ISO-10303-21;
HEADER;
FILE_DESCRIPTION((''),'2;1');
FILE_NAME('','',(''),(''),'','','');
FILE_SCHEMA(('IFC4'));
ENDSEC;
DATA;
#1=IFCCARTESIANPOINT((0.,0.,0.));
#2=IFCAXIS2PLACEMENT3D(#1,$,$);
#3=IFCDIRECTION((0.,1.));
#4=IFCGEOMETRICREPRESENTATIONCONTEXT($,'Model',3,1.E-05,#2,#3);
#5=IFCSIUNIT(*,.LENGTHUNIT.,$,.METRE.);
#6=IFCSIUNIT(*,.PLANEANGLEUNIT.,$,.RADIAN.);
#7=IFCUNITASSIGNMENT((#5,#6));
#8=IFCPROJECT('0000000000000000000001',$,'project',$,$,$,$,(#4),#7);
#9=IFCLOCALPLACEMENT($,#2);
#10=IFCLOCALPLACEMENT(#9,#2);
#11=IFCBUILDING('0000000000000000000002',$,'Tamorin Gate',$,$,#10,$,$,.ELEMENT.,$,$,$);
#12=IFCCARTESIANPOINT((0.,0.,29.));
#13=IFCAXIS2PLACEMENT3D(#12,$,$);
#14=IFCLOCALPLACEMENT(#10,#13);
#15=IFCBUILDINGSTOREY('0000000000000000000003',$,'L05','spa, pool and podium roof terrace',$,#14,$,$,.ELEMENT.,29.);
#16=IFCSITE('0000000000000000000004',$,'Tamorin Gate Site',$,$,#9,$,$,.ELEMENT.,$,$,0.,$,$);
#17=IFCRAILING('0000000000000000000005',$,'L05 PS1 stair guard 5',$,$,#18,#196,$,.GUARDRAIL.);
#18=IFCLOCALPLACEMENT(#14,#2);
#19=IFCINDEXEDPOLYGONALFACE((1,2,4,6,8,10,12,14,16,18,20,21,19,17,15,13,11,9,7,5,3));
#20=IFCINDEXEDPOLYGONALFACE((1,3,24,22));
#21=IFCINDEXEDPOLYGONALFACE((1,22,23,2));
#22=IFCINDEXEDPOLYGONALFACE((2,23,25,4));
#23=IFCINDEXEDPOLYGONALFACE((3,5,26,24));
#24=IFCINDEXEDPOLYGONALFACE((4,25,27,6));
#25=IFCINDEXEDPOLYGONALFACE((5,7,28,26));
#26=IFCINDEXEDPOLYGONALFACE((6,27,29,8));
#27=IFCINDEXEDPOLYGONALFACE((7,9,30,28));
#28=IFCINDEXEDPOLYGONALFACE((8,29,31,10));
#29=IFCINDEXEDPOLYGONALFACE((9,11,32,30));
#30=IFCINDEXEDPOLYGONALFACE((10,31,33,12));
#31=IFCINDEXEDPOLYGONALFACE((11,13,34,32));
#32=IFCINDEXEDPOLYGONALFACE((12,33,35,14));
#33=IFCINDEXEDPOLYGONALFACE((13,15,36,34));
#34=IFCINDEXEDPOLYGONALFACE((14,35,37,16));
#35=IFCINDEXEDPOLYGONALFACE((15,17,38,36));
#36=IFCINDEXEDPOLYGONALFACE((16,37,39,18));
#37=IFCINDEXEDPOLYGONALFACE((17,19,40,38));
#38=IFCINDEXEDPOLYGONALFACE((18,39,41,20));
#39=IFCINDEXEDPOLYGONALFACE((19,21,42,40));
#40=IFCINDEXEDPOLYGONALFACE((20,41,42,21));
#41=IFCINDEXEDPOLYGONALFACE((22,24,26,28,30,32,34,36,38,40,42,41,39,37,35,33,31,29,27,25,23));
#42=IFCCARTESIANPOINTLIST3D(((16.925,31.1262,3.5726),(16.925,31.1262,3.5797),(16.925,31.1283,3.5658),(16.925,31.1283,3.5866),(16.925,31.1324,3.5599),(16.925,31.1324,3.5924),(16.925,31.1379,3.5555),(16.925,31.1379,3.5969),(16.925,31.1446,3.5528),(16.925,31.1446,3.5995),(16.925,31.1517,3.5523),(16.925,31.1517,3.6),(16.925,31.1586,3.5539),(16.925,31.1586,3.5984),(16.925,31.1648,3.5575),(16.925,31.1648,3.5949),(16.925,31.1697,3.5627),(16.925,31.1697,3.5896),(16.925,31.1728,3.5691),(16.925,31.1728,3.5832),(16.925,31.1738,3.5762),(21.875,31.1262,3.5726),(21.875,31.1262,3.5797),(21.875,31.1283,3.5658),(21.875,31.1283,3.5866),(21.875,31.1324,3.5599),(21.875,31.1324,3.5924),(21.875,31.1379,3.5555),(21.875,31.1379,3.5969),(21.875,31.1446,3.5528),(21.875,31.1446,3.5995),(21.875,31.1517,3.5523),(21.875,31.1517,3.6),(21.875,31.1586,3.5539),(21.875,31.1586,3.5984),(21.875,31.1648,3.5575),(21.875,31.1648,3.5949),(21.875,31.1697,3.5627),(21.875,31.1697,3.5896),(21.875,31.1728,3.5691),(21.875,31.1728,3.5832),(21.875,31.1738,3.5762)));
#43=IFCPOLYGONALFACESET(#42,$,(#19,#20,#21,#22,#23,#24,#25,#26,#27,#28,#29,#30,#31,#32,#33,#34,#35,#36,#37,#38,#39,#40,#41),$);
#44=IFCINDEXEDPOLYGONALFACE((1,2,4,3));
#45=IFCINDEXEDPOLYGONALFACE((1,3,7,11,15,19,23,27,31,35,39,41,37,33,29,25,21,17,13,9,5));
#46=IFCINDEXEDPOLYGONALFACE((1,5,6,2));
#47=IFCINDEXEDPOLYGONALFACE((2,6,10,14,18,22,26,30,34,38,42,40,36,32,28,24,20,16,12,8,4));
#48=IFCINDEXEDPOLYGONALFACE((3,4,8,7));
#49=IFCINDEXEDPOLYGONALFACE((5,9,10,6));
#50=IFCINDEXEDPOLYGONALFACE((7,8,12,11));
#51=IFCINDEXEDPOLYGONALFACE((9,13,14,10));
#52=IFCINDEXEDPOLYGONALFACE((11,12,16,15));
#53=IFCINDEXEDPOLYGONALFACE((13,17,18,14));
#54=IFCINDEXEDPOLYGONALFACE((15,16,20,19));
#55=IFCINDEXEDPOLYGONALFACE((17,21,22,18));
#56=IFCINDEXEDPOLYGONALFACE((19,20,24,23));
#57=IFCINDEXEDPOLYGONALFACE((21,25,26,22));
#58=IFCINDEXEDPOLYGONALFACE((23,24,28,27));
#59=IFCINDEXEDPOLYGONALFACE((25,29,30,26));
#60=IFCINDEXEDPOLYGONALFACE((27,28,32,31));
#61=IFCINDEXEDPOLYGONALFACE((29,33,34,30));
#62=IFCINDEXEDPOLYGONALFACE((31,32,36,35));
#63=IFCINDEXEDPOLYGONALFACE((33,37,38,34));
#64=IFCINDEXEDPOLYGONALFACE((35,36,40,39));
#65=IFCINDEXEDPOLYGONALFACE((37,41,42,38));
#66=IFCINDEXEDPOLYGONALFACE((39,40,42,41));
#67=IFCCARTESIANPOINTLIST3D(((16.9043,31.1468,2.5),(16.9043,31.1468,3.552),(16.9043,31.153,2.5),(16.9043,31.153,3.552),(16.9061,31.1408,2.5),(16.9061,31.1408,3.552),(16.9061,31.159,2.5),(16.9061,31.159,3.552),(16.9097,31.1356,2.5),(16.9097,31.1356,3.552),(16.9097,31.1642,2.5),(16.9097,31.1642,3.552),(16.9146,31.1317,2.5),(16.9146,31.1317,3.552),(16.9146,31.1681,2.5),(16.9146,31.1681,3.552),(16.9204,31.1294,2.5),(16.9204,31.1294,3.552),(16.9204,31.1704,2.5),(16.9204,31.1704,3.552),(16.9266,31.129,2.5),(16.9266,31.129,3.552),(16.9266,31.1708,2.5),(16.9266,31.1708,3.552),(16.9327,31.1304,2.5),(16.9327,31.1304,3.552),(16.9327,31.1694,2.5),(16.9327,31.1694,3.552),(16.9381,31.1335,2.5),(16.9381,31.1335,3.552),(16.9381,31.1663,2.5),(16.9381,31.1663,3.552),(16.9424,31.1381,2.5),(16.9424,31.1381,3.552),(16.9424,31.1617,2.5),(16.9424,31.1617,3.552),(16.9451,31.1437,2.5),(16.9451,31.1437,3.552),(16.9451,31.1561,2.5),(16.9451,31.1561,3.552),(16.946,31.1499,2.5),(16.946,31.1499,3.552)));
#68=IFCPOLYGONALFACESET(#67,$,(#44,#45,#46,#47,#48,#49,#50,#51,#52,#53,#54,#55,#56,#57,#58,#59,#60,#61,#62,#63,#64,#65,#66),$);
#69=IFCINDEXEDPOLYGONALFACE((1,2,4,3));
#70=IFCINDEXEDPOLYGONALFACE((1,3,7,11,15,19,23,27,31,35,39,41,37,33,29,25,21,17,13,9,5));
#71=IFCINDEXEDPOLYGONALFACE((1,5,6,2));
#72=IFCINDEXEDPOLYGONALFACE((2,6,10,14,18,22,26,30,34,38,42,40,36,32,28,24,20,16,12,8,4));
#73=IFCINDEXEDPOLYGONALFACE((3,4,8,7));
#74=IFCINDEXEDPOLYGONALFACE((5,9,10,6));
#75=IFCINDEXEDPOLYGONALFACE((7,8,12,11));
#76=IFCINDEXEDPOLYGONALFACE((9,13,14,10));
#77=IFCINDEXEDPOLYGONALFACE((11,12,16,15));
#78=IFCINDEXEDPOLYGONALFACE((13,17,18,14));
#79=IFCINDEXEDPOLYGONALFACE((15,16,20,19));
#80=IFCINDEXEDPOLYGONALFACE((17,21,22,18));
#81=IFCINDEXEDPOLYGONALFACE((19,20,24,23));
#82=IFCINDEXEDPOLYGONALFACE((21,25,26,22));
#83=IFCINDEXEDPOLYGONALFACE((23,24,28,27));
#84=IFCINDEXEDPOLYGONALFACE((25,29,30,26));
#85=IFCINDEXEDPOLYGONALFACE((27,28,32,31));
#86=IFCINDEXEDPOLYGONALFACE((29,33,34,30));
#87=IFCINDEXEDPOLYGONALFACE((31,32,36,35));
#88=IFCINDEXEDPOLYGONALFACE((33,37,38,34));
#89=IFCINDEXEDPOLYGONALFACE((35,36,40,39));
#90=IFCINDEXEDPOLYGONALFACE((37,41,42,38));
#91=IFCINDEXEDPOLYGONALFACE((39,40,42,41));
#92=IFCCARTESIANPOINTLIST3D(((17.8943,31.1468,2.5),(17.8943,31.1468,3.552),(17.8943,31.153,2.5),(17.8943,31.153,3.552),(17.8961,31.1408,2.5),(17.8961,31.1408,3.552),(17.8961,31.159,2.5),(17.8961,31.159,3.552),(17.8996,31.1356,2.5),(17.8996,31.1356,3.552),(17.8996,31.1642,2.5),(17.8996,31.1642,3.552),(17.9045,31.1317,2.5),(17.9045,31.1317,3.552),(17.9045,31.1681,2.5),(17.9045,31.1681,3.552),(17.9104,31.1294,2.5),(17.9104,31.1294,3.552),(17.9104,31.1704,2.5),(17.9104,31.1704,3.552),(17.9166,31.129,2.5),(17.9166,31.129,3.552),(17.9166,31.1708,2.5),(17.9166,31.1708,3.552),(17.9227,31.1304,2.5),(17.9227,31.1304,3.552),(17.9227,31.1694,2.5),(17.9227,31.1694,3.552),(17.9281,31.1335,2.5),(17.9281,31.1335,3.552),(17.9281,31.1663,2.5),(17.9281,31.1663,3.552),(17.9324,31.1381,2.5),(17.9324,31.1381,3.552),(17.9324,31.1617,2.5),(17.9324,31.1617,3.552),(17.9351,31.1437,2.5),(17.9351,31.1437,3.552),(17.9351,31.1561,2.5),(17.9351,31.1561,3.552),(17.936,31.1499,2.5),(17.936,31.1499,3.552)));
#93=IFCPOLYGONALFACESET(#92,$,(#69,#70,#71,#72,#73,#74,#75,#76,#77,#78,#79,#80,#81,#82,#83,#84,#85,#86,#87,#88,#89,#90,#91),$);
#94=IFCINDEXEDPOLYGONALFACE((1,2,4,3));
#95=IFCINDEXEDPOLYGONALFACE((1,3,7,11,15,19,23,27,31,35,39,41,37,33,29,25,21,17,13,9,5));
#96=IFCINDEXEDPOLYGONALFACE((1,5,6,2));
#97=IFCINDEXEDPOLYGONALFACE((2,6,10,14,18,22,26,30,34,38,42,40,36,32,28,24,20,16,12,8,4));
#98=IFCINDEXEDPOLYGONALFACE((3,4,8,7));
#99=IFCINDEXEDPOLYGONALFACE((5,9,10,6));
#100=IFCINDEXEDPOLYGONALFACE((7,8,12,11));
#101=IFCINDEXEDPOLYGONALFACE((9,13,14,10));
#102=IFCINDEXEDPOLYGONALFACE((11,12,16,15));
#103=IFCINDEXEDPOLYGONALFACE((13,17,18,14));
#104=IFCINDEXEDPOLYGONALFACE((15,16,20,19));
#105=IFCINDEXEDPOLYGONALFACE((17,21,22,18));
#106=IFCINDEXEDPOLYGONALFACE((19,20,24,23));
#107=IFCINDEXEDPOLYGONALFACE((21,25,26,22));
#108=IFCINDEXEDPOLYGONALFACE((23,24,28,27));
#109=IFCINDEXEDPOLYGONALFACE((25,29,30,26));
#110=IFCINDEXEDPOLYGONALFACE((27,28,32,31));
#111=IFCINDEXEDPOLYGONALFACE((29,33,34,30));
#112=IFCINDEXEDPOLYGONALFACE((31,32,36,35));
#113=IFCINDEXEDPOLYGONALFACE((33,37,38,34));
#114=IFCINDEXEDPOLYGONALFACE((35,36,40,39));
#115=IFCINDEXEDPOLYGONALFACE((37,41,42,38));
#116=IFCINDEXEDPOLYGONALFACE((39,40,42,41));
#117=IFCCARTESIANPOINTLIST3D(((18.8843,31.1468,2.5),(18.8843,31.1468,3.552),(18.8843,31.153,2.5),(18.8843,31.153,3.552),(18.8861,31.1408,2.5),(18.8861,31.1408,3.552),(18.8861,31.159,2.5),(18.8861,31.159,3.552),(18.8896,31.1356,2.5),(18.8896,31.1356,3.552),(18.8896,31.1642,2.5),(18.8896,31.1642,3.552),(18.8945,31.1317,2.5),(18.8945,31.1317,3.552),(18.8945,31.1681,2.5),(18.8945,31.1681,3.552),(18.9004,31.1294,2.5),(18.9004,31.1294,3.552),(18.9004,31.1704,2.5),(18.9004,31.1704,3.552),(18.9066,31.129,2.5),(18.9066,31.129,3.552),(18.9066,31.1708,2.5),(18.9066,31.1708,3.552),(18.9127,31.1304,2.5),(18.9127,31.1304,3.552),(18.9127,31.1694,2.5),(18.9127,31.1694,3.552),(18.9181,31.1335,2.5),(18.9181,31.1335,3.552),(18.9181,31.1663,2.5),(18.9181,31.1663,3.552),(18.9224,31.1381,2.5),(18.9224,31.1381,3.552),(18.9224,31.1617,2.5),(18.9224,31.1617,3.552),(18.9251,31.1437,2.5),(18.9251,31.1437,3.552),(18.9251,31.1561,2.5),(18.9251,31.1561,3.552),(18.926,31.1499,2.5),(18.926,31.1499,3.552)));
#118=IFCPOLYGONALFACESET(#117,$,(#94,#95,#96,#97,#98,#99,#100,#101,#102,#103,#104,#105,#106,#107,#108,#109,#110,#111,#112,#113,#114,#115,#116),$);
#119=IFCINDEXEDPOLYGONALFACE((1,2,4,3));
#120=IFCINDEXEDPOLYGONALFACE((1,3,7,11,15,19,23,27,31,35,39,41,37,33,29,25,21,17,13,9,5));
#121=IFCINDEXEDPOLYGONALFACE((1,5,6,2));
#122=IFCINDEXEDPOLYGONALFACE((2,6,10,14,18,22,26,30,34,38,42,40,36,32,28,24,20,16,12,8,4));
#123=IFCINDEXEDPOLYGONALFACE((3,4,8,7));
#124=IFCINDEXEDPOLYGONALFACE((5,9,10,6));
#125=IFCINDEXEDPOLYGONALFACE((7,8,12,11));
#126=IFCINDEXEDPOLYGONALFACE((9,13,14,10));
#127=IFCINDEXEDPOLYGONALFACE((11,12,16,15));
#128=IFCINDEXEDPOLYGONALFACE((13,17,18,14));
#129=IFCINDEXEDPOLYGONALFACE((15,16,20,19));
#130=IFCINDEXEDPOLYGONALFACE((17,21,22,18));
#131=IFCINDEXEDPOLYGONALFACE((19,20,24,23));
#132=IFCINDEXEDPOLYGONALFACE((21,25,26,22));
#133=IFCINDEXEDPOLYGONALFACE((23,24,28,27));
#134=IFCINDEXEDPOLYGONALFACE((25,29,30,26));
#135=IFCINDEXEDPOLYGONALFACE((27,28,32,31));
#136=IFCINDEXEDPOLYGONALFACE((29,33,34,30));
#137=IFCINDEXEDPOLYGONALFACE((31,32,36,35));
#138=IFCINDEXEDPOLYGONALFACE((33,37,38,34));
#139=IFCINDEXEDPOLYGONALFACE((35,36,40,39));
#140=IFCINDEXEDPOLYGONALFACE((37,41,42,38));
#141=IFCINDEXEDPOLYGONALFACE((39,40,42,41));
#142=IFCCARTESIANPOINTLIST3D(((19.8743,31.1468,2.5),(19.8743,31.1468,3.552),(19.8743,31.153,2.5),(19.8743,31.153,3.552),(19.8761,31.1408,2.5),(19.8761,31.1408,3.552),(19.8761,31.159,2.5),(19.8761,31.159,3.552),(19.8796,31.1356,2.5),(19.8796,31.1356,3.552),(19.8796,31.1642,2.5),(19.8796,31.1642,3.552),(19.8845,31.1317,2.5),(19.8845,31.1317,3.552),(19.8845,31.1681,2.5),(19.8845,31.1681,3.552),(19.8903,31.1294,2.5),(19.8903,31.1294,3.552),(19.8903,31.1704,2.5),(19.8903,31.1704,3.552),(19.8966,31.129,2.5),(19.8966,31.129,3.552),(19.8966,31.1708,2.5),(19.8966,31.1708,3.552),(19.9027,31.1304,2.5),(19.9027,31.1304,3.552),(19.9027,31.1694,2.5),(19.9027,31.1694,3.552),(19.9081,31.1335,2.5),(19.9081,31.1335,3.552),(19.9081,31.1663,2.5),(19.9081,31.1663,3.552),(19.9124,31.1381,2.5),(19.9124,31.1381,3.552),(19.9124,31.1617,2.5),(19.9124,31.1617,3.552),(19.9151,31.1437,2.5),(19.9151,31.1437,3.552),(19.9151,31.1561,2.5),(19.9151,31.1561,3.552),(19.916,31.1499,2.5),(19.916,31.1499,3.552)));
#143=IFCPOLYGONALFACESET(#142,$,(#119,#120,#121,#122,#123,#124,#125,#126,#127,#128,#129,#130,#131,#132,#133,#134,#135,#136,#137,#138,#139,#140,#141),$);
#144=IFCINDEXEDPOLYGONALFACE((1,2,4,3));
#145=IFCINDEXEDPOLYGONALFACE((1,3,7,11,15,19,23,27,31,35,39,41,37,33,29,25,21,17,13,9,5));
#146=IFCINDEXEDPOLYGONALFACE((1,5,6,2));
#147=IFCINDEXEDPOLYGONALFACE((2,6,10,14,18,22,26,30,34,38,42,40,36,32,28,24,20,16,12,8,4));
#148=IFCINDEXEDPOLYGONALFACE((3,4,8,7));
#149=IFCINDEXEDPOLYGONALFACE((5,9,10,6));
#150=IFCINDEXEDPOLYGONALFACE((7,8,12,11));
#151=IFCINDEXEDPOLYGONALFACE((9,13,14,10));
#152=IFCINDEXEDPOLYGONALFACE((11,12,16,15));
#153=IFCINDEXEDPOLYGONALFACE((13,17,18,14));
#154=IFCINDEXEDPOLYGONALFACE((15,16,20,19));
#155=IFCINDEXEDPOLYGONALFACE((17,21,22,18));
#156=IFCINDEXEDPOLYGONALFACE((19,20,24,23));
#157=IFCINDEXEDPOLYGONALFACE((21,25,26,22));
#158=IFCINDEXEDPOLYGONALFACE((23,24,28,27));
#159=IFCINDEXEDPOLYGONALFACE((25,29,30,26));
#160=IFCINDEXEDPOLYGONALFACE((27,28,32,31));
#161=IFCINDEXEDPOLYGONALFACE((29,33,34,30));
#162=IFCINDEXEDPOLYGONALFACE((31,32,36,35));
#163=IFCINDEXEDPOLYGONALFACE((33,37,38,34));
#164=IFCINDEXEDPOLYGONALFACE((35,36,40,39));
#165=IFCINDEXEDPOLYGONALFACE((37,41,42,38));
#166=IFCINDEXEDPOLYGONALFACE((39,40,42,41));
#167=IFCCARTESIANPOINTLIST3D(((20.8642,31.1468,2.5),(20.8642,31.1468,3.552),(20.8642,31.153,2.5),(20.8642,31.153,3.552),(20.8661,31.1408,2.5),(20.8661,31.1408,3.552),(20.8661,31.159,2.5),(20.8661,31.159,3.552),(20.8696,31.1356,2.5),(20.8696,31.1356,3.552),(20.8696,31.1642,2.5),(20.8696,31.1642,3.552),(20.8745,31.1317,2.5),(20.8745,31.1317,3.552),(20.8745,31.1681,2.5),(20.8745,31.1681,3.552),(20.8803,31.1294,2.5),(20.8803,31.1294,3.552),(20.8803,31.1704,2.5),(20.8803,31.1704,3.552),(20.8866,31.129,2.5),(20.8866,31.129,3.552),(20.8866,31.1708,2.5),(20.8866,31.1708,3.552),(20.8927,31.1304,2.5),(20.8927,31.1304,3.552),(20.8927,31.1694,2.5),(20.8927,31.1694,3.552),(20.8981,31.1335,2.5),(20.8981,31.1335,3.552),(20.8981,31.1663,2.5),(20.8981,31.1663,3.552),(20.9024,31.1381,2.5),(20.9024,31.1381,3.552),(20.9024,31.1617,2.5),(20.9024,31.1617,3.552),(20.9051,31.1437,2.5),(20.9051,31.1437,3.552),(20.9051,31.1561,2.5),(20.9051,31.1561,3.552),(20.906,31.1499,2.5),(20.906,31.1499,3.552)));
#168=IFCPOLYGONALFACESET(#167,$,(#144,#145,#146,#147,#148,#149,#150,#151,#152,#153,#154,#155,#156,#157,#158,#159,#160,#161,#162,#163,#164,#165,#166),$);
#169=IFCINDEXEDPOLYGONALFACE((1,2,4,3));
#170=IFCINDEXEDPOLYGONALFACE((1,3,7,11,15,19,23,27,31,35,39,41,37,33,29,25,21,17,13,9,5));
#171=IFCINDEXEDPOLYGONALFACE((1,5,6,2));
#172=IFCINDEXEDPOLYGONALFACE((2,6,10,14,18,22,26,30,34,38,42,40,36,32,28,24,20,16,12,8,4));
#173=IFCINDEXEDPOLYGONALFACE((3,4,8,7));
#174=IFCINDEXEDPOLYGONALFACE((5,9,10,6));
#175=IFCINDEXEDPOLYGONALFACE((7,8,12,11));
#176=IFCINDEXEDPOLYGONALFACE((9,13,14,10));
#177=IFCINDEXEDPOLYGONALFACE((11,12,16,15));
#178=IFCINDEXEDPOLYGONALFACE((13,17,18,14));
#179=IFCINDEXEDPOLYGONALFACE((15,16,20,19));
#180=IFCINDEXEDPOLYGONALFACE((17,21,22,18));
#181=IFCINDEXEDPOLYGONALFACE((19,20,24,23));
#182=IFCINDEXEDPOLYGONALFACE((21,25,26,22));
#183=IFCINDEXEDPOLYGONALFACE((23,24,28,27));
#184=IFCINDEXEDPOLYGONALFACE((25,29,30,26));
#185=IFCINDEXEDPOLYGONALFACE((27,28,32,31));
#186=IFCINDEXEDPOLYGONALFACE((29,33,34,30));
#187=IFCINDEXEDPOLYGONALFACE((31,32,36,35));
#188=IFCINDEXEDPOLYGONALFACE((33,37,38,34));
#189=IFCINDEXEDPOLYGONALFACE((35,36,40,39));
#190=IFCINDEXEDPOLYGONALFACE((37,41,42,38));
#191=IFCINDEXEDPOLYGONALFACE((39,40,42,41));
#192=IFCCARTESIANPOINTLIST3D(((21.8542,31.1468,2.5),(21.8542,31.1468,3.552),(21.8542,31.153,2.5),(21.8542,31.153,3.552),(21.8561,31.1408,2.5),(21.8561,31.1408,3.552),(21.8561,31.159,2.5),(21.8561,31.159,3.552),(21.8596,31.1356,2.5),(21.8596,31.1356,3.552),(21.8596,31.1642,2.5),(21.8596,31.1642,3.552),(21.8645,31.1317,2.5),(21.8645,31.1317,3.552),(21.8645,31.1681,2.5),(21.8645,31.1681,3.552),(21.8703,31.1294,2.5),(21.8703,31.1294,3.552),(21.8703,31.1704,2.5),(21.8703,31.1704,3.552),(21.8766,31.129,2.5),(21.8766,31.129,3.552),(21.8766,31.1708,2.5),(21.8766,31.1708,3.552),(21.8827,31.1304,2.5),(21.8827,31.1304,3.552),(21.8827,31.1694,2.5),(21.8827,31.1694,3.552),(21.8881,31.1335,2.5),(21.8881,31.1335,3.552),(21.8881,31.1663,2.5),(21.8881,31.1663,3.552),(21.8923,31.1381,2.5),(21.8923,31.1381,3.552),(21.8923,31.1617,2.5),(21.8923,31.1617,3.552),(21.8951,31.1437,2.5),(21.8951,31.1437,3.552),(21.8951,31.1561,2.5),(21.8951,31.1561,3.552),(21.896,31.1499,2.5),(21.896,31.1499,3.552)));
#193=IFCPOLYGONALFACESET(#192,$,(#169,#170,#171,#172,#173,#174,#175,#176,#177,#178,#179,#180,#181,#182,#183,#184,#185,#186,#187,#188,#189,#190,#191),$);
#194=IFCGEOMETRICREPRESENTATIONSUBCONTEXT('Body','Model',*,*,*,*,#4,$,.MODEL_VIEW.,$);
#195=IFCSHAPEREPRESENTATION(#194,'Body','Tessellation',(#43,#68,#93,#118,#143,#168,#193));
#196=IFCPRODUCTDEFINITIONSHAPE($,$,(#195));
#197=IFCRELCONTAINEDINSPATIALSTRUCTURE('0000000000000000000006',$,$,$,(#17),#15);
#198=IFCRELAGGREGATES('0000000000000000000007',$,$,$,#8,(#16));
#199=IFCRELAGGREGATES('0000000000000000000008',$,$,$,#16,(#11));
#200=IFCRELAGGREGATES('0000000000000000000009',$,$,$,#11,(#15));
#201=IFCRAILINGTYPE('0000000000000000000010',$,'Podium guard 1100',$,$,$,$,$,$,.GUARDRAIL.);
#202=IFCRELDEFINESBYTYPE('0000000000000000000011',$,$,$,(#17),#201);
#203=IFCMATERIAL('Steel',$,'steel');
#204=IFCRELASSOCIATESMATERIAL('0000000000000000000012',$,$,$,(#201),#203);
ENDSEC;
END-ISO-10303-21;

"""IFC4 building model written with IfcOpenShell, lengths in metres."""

from ifc_helpers import new_model, si_unit, direction, frame, origin, origin_2d, place, context, subcontext, project, spatial, circle, extrude, material, type_object, element, save


model = new_model("IFC4")

# Units and contexts
model_context = context("Model", 3, precision=1e-05, world=origin(), true_north=direction((0.0, 1.0)))
body_context = subcontext(model_context, "Body", "Model", "MODEL_VIEW")
ifc_project = project(units=[si_unit("LENGTHUNIT", "METRE"), si_unit("PLANEANGLEUNIT", "RADIAN")], contexts=[model_context])

# Site, building, storey
site_placement = place(None, origin())
site = spatial("IfcSite", under=ifc_project, at=site_placement, Name="Tamorin Gate Site", CompositionType="ELEMENT", RefElevation=0.0)
building_placement = place(site_placement, origin())
building = spatial("IfcBuilding", under=site, at=building_placement, Name="Tamorin Gate", CompositionType="ELEMENT")
storey_placement = place(building_placement, frame((0.0, 0.0, 29.0)))
storey = spatial("IfcBuildingStorey", under=building, at=storey_placement, Name="L05", Description="spa, pool and podium roof terrace", CompositionType="ELEMENT", Elevation=29.0)

# Railing
ifc_material_1 = material(Name="Steel", Category="steel")
railing_type = type_object("IfcRailingType", Name="Podium guard 1100", PredefinedType="GUARDRAIL", material=ifc_material_1)
railing_1_placement = place(storey_placement, frame((16.925, 31.1499, 2.5)))
element("IfcRailing", 1, at=railing_1_placement, inside=storey, type_object=railing_type, Name="L05 PS1 stair guard 5", PredefinedType="GUARDRAIL", context=body_context, shape_type="SweptSolid", body=[
    extrude(circle(Radius=0.0239, at=origin_2d()), frame((0.0, 0.0, 1.0762), z_axis=(1.0, 0.0, 0.0), x_axis=(0.0, 1.0, 0.0)), (0.0, 0.0, 1.0), 4.95),
    extrude(circle(Radius=0.021, at=origin_2d()), origin(), (0.0, 0.0, 1.0), 1.052),
    extrude(circle(Radius=0.021, at=origin_2d()), frame((0.99, 0.0, 0.0)), (0.0, 0.0, 1.0), 1.052),
    extrude(circle(Radius=0.021, at=origin_2d()), frame((1.98, 0.0, 0.0)), (0.0, 0.0, 1.0), 1.052),
    extrude(circle(Radius=0.021, at=origin_2d()), frame((2.97, 0.0, 0.0)), (0.0, 0.0, 1.0), 1.052),
    extrude(circle(Radius=0.021, at=origin_2d()), frame((3.96, 0.0, 0.0)), (0.0, 0.0, 1.0), 1.052),
    extrude(circle(Radius=0.021, at=origin_2d()), frame((4.95, 0.0, 0.0)), (0.0, 0.0, 1.0), 1.052),
])

save(model, "model.ifc")
